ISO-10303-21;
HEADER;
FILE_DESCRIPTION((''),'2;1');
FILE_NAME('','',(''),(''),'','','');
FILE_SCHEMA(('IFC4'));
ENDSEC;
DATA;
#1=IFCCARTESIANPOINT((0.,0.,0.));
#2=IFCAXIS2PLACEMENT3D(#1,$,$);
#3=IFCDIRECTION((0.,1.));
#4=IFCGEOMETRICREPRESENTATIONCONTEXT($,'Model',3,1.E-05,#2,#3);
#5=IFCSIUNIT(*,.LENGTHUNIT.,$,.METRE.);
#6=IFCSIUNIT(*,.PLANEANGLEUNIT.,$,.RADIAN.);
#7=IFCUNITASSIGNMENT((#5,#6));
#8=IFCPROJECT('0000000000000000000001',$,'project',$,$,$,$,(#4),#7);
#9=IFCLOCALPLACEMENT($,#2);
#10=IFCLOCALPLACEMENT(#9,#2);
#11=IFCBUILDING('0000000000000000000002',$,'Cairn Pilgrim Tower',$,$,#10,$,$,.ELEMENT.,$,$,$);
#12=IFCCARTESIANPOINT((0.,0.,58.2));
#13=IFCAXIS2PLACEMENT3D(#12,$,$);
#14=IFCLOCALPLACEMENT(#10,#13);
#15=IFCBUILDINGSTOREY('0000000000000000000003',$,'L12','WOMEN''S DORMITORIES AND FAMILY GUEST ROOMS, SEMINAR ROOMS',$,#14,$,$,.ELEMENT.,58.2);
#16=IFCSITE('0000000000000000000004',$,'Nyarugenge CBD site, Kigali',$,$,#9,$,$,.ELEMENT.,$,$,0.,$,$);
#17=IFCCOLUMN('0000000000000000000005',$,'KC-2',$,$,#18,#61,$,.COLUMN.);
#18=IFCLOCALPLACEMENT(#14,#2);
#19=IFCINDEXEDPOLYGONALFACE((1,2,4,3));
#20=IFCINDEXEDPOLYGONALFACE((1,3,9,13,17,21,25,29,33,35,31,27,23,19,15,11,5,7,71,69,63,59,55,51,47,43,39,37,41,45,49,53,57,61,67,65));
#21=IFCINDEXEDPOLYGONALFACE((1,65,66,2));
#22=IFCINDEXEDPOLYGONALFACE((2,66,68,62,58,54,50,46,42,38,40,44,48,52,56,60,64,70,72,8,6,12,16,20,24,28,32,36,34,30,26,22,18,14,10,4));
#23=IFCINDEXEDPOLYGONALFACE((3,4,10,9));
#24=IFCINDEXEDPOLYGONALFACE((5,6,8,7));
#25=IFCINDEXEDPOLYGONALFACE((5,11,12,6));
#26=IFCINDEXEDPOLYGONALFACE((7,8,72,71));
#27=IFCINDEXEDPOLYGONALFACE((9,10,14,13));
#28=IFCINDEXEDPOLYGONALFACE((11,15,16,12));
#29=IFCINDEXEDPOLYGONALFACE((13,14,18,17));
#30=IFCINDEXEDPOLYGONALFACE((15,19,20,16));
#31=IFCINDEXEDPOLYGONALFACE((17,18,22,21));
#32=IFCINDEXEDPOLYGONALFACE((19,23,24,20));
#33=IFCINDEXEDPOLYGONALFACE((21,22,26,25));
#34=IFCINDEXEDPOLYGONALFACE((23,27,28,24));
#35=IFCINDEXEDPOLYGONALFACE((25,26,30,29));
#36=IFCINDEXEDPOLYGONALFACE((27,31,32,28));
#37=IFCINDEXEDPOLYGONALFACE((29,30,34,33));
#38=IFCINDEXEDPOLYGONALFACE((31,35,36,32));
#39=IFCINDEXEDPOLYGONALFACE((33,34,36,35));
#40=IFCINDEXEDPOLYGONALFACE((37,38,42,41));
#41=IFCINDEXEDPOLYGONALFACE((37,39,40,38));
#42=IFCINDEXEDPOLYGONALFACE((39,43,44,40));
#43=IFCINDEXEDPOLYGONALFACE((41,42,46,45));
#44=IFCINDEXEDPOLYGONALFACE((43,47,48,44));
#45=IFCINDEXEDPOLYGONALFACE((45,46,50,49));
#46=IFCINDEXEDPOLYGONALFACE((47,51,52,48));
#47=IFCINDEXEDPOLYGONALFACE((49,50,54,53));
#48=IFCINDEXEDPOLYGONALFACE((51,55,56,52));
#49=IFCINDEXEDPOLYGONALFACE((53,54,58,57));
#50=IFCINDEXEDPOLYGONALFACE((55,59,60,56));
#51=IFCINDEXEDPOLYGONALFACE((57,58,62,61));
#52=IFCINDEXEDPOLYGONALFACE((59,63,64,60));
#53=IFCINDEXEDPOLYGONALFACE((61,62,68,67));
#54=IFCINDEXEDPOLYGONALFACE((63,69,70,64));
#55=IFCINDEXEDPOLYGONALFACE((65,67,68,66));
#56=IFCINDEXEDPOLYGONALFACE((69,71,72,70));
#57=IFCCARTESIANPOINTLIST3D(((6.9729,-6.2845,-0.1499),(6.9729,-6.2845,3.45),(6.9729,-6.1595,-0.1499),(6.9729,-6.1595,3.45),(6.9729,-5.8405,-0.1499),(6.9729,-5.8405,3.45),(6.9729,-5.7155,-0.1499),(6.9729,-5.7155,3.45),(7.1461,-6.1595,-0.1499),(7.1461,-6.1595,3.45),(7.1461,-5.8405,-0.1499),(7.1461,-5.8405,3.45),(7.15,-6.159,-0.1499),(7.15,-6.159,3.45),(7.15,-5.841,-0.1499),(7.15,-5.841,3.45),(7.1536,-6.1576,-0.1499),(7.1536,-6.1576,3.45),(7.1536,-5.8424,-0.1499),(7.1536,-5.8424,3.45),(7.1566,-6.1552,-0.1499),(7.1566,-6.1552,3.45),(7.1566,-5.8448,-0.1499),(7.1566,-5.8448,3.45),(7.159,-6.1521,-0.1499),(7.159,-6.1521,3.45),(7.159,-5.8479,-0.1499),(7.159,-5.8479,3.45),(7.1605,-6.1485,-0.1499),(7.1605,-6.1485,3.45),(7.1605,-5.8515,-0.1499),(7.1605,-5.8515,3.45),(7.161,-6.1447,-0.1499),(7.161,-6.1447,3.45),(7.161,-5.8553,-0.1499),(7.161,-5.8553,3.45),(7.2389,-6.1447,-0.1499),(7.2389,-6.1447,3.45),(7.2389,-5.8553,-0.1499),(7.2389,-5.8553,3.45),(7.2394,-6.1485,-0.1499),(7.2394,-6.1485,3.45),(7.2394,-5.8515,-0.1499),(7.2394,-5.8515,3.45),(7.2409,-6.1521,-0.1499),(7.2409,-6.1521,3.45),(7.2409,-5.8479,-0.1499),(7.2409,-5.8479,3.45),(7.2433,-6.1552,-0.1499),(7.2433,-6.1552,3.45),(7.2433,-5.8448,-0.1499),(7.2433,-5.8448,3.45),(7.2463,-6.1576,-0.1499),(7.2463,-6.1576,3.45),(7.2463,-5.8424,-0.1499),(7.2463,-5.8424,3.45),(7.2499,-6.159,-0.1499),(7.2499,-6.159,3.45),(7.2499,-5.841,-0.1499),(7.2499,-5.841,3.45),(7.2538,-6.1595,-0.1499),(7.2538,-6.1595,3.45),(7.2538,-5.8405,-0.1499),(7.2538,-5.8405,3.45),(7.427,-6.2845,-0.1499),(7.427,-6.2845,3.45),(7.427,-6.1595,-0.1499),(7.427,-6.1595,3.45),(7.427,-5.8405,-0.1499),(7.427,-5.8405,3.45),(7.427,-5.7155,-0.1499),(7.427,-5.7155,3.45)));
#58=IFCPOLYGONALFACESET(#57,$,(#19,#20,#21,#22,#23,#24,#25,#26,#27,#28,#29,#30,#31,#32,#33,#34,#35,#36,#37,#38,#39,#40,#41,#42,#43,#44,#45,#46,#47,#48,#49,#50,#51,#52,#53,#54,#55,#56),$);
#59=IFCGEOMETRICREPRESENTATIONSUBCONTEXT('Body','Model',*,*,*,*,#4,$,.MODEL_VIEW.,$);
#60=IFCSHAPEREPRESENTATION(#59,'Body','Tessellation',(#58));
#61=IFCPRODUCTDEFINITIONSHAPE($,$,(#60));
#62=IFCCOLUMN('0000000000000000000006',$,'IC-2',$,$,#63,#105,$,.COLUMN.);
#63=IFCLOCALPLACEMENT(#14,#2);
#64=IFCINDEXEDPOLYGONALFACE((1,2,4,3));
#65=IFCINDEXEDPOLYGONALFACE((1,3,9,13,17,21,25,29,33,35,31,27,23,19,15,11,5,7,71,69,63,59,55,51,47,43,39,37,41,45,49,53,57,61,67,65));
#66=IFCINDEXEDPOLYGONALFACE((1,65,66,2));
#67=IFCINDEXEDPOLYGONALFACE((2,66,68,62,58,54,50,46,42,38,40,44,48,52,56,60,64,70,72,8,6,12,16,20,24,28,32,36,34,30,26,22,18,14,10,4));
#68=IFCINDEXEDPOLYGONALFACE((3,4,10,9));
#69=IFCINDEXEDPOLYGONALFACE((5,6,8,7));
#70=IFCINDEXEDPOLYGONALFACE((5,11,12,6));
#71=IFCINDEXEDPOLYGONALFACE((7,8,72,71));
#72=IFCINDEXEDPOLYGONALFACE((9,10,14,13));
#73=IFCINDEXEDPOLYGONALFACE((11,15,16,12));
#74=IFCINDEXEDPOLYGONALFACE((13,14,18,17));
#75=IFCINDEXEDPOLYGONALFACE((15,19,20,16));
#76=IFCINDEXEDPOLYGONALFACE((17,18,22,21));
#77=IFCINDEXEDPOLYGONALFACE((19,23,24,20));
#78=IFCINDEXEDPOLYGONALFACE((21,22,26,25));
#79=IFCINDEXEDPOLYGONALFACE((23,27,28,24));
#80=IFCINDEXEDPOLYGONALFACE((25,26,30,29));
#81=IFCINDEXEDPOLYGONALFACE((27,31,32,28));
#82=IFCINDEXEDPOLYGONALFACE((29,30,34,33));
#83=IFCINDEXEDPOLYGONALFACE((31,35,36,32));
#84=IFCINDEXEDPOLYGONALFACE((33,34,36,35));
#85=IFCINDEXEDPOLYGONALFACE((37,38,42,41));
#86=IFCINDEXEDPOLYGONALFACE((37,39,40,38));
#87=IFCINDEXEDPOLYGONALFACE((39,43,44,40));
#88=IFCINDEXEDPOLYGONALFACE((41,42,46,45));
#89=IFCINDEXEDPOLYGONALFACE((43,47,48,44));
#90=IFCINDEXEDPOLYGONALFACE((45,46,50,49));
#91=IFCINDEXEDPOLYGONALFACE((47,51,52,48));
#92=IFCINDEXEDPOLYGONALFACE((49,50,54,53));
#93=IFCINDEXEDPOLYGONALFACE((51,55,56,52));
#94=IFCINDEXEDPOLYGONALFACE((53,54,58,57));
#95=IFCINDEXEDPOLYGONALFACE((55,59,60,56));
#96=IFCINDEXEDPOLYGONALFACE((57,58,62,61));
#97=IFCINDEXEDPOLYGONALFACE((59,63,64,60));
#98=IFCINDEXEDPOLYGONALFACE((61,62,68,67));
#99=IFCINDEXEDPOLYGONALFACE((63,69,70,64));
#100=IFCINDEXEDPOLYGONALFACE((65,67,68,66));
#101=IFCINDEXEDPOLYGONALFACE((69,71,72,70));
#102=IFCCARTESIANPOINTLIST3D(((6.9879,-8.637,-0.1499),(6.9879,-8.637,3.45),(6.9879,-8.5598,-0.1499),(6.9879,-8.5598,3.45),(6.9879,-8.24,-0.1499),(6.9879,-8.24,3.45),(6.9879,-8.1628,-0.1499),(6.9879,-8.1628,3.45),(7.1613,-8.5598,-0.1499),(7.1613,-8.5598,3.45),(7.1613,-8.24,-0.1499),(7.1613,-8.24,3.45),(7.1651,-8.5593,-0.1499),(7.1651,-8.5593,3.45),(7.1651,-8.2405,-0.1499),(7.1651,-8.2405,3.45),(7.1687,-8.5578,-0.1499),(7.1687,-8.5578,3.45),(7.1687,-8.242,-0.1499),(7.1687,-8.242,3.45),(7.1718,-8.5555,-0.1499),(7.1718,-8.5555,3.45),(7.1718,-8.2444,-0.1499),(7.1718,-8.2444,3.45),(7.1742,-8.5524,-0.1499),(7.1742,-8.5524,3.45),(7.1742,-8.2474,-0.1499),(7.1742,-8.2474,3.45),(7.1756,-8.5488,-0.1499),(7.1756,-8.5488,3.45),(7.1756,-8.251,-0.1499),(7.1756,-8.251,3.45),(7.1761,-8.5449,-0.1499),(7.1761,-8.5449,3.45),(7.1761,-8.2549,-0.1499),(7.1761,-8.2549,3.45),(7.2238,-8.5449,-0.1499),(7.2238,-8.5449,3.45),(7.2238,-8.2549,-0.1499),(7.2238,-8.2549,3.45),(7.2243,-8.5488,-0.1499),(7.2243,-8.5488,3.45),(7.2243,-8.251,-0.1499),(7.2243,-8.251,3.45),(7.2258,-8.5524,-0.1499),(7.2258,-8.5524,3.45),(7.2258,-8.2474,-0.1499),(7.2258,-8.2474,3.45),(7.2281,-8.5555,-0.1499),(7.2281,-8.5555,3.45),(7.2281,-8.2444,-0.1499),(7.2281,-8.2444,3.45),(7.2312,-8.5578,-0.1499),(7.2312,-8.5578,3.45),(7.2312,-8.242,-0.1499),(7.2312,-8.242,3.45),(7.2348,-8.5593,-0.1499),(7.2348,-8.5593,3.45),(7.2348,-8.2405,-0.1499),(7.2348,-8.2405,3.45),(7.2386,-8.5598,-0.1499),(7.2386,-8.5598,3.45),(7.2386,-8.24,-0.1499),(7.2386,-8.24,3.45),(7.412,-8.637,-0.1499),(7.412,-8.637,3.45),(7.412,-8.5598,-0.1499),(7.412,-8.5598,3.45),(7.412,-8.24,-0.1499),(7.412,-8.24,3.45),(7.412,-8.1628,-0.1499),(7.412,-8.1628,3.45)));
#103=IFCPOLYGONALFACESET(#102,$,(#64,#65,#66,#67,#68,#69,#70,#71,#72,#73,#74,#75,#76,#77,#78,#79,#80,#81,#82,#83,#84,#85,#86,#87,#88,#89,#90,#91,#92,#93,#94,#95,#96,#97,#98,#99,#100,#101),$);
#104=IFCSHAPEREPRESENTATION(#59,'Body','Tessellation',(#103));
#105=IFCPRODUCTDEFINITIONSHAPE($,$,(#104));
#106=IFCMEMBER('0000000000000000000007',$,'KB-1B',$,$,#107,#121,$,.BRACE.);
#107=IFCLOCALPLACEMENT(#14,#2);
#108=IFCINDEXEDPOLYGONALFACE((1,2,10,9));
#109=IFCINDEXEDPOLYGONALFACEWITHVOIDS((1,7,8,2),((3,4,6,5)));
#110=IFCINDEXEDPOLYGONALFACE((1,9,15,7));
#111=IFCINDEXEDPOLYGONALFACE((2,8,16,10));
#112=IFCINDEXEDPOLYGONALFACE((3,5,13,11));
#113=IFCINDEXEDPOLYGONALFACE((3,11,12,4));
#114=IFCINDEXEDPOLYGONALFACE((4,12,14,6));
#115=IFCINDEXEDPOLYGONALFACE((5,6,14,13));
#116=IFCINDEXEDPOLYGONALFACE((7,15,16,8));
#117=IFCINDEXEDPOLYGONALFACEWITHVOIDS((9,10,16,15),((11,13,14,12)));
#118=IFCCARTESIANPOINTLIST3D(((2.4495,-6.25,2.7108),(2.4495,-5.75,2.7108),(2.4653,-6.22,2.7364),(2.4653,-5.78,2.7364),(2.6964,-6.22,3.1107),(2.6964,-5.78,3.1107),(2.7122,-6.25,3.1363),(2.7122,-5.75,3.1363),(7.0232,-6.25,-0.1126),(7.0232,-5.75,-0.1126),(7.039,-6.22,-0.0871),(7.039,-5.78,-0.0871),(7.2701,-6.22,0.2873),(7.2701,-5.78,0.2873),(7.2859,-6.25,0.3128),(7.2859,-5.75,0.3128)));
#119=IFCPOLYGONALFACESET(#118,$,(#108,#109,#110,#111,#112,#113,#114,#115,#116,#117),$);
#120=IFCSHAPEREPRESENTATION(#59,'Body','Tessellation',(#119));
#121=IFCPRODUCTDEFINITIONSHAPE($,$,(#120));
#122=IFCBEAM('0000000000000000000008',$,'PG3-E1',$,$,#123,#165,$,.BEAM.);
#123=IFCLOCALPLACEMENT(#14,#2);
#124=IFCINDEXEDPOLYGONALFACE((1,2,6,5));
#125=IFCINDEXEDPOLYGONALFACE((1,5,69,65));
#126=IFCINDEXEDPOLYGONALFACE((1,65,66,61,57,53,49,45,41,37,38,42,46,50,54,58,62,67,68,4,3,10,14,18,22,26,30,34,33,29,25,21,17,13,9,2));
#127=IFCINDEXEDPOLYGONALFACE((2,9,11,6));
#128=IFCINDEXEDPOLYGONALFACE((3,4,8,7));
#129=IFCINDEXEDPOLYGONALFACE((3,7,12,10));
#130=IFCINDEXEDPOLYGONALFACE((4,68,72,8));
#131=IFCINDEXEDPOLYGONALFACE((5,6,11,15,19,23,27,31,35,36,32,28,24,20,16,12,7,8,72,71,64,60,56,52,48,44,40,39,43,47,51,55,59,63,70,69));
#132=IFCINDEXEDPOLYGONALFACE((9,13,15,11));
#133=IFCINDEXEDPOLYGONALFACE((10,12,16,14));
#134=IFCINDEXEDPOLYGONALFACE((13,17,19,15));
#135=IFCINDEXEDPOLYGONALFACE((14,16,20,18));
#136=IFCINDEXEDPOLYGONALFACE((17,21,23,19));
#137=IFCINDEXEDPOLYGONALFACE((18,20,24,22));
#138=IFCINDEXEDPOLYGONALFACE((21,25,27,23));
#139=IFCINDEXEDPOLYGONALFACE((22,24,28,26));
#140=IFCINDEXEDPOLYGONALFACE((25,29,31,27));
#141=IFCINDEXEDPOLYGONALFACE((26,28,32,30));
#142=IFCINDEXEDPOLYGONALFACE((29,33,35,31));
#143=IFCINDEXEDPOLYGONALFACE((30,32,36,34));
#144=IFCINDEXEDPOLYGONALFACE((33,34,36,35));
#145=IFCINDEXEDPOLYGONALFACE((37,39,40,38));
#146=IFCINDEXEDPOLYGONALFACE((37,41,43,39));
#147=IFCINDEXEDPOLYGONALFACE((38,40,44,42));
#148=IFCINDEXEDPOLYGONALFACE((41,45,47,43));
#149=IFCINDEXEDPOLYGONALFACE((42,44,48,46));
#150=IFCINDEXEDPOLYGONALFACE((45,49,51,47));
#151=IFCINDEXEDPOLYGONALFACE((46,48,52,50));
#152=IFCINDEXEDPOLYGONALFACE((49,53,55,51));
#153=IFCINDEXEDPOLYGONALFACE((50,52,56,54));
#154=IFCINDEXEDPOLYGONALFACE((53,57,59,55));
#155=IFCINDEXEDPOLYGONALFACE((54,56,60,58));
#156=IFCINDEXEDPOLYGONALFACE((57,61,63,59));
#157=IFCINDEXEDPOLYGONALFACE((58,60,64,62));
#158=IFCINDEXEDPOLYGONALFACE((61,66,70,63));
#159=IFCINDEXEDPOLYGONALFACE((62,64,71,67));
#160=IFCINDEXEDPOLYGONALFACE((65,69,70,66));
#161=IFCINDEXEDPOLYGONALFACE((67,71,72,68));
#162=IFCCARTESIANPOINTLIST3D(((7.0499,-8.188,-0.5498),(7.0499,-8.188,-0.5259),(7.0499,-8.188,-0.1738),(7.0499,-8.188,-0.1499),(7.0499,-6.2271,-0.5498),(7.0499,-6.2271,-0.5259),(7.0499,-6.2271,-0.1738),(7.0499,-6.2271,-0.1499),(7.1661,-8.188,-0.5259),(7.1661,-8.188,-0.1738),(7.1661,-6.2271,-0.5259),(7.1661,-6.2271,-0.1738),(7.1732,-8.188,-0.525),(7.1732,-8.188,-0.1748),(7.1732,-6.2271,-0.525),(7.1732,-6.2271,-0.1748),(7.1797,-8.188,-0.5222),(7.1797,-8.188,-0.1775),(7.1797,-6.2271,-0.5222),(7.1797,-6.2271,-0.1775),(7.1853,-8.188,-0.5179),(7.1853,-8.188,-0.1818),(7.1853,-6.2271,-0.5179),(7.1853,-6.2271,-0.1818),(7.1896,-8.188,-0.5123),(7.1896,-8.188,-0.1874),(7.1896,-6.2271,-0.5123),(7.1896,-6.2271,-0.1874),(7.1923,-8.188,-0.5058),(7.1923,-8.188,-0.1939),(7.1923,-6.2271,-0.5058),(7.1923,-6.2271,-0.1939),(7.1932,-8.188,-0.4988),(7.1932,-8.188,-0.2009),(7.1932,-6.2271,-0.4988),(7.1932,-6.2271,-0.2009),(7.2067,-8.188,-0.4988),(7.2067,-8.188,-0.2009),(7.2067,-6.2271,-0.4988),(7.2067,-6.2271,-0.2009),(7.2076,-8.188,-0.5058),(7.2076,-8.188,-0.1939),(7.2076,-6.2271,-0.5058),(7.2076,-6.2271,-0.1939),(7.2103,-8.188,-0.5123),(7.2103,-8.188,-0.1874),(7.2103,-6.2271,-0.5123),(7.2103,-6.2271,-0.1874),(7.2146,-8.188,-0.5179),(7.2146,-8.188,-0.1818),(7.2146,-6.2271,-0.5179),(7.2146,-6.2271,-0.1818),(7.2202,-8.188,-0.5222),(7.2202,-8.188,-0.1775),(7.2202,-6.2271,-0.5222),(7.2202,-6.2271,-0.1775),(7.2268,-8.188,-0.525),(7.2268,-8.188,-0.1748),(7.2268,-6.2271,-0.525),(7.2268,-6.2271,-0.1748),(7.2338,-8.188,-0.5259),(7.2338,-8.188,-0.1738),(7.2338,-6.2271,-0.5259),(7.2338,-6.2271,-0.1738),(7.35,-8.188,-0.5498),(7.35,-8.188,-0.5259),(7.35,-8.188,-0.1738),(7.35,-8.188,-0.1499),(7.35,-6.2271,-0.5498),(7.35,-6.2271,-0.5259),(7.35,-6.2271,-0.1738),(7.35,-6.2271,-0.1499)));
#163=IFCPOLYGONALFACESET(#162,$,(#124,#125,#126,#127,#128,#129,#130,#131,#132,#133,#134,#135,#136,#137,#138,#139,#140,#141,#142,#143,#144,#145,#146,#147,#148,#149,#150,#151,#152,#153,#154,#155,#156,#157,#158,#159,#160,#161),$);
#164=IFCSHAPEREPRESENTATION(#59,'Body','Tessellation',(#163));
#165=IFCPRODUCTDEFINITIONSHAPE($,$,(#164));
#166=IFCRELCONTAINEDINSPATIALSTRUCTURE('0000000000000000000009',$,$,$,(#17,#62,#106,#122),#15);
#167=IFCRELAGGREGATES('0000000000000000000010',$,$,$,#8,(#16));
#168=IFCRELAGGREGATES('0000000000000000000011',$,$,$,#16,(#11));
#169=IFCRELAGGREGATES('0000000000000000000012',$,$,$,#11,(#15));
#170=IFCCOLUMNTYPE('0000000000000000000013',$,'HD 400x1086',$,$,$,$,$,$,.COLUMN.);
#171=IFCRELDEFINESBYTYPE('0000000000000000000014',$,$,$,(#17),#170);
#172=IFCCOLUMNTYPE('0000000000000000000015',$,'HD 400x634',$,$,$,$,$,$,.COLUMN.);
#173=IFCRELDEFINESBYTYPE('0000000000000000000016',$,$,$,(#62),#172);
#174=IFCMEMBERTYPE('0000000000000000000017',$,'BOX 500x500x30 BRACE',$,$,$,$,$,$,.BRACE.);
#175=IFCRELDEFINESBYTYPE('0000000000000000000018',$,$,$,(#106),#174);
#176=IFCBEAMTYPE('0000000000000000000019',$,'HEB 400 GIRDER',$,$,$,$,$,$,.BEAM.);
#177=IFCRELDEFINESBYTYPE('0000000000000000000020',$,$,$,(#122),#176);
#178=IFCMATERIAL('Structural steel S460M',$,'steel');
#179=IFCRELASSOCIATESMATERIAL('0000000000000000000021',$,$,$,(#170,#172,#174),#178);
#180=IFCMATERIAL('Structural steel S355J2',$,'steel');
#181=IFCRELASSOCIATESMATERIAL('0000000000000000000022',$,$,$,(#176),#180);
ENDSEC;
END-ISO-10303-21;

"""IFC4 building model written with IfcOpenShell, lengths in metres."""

from ifc_helpers import new_model, si_unit, direction, frame, origin, origin_2d, place, context, subcontext, project, spatial, hollow_rectangle, i_section, extrude, material, material_profile, profile_set, type_object, element, save


model = new_model("IFC4")

# Units and contexts
model_context = context("Model", 3, precision=1e-05, world=origin(), true_north=direction((0.0, 1.0)))
body_context = subcontext(model_context, "Body", "Model", "MODEL_VIEW")
ifc_project = project(units=[si_unit("LENGTHUNIT", "METRE"), si_unit("PLANEANGLEUNIT", "RADIAN")], contexts=[model_context])

# Site, building, storey
site_placement = place(None, origin())
site = spatial("IfcSite", under=ifc_project, at=site_placement, Name="Nyarugenge CBD site, Kigali", CompositionType="ELEMENT", RefElevation=0.0)
building_placement = place(site_placement, origin())
building = spatial("IfcBuilding", under=site, at=building_placement, Name="Cairn Pilgrim Tower", CompositionType="ELEMENT")
storey_placement = place(building_placement, frame((0.0, 0.0, 58.2)))
storey = spatial("IfcBuildingStorey", under=building, at=storey_placement, Name="L12", Description="WOMEN'S DORMITORIES AND FAMILY GUEST ROOMS, SEMINAR ROOMS", CompositionType="ELEMENT", Elevation=58.2)

# Columns
ifc_material_1 = material(Name="Structural steel S460M", Category="steel")
ifc_material_profile_1 = material_profile(ifc_material_1, i_section(OverallWidth=0.4541, OverallDepth=0.5691, WebThickness=0.0779, FlangeThickness=0.125, FilletRadius=0.0149, at=origin_2d()), Name="HD 400x1086")
ifc_profile_set_1 = profile_set([ifc_material_profile_1], Name="Structural steel S460M")
column_type_1 = type_object("IfcColumnType", Name="HD 400x1086", PredefinedType="COLUMN", material=ifc_profile_set_1)
column_1_placement = place(storey_placement, frame((7.2, -6.0, -0.1499), z_axis=(0.0, 0.0, 1.0), x_axis=(1.0, 0.0, 0.0)))
element("IfcColumn", 1, at=column_1_placement, inside=storey, type_object=column_type_1, Name="KC-2", PredefinedType="COLUMN", context=body_context, shape_type="SweptSolid", body=[
    extrude(i_section(OverallWidth=0.4541, OverallDepth=0.5691, WebThickness=0.0779, FlangeThickness=0.125, FilletRadius=0.0149, at=origin_2d()), origin(), (0.0, 0.0, 1.0), 3.5999),
])
ifc_material_profile_2 = material_profile(ifc_material_1, i_section(OverallWidth=0.4241, OverallDepth=0.4741, WebThickness=0.0476, FlangeThickness=0.0771, FilletRadius=0.0149, at=origin_2d()), Name="HD 400x634")
ifc_profile_set_2 = profile_set([ifc_material_profile_2], Name="Structural steel S460M")
column_type_2 = type_object("IfcColumnType", Name="HD 400x634", PredefinedType="COLUMN", material=ifc_profile_set_2)
column_2_placement = place(storey_placement, frame((7.2, -8.3999, -0.1499), z_axis=(0.0, 0.0, 1.0), x_axis=(1.0, 0.0, 0.0)))
element("IfcColumn", 2, at=column_2_placement, inside=storey, type_object=column_type_2, Name="IC-2", PredefinedType="COLUMN", context=body_context, shape_type="SweptSolid", body=[
    extrude(i_section(OverallWidth=0.4241, OverallDepth=0.4741, WebThickness=0.0476, FlangeThickness=0.0771, FilletRadius=0.0149, at=origin_2d()), origin(), (0.0, 0.0, 1.0), 3.5999),
])

# Member
ifc_material_profile_3 = material_profile(ifc_material_1, hollow_rectangle(XDim=0.5, YDim=0.5, WallThickness=0.03, at=origin_2d()), Name="BOX 500x500x30")
ifc_profile_set_3 = profile_set([ifc_material_profile_3], Name="Structural steel S460M")
member_type = type_object("IfcMemberType", Name="BOX 500x500x30 BRACE", PredefinedType="BRACE", material=ifc_profile_set_3)
member_placement = place(storey_placement, frame((7.1545, -6.0, 0.1001), z_axis=(-0.85092, 0.0, 0.525296), x_axis=(0.0, -1.0, 0.0)))
element("IfcMember", 3, at=member_placement, inside=storey, type_object=member_type, Name="KB-1B", PredefinedType="BRACE", context=body_context, shape_type="SweptSolid", body=[
    extrude(hollow_rectangle(XDim=0.5, YDim=0.5, WallThickness=0.03, at=origin_2d()), origin(), (0.0, 0.0, 1.0), 5.375),
])

# Beam
ifc_material_2 = material(Name="Structural steel S355J2", Category="steel")
ifc_material_profile_4 = material_profile(ifc_material_2, i_section(OverallWidth=0.3, OverallDepth=0.3999, WebThickness=0.0134, FlangeThickness=0.0239, FilletRadius=0.0271, at=origin_2d()), Name="HEB 400")
ifc_profile_set_4 = profile_set([ifc_material_profile_4], Name="Structural steel S355J2")
beam_type_1 = type_object("IfcBeamType", Name="HEB 400 GIRDER", PredefinedType="BEAM", material=ifc_profile_set_4)
beam_1_placement = place(storey_placement, frame((7.2, -8.188, -0.3499), z_axis=(0.0, 1.0, 0.0), x_axis=(-1.0, 0.0, 0.0)))
element("IfcBeam", 4, at=beam_1_placement, inside=storey, type_object=beam_type_1, Name="PG3-E1", PredefinedType="BEAM", context=body_context, shape_type="SweptSolid", body=[
    extrude(i_section(OverallWidth=0.3, OverallDepth=0.3999, WebThickness=0.0134, FlangeThickness=0.0239, FilletRadius=0.0271, at=origin_2d()), origin(), (0.0, 0.0, 1.0), 1.9609),
])

save(model, "model.ifc")
